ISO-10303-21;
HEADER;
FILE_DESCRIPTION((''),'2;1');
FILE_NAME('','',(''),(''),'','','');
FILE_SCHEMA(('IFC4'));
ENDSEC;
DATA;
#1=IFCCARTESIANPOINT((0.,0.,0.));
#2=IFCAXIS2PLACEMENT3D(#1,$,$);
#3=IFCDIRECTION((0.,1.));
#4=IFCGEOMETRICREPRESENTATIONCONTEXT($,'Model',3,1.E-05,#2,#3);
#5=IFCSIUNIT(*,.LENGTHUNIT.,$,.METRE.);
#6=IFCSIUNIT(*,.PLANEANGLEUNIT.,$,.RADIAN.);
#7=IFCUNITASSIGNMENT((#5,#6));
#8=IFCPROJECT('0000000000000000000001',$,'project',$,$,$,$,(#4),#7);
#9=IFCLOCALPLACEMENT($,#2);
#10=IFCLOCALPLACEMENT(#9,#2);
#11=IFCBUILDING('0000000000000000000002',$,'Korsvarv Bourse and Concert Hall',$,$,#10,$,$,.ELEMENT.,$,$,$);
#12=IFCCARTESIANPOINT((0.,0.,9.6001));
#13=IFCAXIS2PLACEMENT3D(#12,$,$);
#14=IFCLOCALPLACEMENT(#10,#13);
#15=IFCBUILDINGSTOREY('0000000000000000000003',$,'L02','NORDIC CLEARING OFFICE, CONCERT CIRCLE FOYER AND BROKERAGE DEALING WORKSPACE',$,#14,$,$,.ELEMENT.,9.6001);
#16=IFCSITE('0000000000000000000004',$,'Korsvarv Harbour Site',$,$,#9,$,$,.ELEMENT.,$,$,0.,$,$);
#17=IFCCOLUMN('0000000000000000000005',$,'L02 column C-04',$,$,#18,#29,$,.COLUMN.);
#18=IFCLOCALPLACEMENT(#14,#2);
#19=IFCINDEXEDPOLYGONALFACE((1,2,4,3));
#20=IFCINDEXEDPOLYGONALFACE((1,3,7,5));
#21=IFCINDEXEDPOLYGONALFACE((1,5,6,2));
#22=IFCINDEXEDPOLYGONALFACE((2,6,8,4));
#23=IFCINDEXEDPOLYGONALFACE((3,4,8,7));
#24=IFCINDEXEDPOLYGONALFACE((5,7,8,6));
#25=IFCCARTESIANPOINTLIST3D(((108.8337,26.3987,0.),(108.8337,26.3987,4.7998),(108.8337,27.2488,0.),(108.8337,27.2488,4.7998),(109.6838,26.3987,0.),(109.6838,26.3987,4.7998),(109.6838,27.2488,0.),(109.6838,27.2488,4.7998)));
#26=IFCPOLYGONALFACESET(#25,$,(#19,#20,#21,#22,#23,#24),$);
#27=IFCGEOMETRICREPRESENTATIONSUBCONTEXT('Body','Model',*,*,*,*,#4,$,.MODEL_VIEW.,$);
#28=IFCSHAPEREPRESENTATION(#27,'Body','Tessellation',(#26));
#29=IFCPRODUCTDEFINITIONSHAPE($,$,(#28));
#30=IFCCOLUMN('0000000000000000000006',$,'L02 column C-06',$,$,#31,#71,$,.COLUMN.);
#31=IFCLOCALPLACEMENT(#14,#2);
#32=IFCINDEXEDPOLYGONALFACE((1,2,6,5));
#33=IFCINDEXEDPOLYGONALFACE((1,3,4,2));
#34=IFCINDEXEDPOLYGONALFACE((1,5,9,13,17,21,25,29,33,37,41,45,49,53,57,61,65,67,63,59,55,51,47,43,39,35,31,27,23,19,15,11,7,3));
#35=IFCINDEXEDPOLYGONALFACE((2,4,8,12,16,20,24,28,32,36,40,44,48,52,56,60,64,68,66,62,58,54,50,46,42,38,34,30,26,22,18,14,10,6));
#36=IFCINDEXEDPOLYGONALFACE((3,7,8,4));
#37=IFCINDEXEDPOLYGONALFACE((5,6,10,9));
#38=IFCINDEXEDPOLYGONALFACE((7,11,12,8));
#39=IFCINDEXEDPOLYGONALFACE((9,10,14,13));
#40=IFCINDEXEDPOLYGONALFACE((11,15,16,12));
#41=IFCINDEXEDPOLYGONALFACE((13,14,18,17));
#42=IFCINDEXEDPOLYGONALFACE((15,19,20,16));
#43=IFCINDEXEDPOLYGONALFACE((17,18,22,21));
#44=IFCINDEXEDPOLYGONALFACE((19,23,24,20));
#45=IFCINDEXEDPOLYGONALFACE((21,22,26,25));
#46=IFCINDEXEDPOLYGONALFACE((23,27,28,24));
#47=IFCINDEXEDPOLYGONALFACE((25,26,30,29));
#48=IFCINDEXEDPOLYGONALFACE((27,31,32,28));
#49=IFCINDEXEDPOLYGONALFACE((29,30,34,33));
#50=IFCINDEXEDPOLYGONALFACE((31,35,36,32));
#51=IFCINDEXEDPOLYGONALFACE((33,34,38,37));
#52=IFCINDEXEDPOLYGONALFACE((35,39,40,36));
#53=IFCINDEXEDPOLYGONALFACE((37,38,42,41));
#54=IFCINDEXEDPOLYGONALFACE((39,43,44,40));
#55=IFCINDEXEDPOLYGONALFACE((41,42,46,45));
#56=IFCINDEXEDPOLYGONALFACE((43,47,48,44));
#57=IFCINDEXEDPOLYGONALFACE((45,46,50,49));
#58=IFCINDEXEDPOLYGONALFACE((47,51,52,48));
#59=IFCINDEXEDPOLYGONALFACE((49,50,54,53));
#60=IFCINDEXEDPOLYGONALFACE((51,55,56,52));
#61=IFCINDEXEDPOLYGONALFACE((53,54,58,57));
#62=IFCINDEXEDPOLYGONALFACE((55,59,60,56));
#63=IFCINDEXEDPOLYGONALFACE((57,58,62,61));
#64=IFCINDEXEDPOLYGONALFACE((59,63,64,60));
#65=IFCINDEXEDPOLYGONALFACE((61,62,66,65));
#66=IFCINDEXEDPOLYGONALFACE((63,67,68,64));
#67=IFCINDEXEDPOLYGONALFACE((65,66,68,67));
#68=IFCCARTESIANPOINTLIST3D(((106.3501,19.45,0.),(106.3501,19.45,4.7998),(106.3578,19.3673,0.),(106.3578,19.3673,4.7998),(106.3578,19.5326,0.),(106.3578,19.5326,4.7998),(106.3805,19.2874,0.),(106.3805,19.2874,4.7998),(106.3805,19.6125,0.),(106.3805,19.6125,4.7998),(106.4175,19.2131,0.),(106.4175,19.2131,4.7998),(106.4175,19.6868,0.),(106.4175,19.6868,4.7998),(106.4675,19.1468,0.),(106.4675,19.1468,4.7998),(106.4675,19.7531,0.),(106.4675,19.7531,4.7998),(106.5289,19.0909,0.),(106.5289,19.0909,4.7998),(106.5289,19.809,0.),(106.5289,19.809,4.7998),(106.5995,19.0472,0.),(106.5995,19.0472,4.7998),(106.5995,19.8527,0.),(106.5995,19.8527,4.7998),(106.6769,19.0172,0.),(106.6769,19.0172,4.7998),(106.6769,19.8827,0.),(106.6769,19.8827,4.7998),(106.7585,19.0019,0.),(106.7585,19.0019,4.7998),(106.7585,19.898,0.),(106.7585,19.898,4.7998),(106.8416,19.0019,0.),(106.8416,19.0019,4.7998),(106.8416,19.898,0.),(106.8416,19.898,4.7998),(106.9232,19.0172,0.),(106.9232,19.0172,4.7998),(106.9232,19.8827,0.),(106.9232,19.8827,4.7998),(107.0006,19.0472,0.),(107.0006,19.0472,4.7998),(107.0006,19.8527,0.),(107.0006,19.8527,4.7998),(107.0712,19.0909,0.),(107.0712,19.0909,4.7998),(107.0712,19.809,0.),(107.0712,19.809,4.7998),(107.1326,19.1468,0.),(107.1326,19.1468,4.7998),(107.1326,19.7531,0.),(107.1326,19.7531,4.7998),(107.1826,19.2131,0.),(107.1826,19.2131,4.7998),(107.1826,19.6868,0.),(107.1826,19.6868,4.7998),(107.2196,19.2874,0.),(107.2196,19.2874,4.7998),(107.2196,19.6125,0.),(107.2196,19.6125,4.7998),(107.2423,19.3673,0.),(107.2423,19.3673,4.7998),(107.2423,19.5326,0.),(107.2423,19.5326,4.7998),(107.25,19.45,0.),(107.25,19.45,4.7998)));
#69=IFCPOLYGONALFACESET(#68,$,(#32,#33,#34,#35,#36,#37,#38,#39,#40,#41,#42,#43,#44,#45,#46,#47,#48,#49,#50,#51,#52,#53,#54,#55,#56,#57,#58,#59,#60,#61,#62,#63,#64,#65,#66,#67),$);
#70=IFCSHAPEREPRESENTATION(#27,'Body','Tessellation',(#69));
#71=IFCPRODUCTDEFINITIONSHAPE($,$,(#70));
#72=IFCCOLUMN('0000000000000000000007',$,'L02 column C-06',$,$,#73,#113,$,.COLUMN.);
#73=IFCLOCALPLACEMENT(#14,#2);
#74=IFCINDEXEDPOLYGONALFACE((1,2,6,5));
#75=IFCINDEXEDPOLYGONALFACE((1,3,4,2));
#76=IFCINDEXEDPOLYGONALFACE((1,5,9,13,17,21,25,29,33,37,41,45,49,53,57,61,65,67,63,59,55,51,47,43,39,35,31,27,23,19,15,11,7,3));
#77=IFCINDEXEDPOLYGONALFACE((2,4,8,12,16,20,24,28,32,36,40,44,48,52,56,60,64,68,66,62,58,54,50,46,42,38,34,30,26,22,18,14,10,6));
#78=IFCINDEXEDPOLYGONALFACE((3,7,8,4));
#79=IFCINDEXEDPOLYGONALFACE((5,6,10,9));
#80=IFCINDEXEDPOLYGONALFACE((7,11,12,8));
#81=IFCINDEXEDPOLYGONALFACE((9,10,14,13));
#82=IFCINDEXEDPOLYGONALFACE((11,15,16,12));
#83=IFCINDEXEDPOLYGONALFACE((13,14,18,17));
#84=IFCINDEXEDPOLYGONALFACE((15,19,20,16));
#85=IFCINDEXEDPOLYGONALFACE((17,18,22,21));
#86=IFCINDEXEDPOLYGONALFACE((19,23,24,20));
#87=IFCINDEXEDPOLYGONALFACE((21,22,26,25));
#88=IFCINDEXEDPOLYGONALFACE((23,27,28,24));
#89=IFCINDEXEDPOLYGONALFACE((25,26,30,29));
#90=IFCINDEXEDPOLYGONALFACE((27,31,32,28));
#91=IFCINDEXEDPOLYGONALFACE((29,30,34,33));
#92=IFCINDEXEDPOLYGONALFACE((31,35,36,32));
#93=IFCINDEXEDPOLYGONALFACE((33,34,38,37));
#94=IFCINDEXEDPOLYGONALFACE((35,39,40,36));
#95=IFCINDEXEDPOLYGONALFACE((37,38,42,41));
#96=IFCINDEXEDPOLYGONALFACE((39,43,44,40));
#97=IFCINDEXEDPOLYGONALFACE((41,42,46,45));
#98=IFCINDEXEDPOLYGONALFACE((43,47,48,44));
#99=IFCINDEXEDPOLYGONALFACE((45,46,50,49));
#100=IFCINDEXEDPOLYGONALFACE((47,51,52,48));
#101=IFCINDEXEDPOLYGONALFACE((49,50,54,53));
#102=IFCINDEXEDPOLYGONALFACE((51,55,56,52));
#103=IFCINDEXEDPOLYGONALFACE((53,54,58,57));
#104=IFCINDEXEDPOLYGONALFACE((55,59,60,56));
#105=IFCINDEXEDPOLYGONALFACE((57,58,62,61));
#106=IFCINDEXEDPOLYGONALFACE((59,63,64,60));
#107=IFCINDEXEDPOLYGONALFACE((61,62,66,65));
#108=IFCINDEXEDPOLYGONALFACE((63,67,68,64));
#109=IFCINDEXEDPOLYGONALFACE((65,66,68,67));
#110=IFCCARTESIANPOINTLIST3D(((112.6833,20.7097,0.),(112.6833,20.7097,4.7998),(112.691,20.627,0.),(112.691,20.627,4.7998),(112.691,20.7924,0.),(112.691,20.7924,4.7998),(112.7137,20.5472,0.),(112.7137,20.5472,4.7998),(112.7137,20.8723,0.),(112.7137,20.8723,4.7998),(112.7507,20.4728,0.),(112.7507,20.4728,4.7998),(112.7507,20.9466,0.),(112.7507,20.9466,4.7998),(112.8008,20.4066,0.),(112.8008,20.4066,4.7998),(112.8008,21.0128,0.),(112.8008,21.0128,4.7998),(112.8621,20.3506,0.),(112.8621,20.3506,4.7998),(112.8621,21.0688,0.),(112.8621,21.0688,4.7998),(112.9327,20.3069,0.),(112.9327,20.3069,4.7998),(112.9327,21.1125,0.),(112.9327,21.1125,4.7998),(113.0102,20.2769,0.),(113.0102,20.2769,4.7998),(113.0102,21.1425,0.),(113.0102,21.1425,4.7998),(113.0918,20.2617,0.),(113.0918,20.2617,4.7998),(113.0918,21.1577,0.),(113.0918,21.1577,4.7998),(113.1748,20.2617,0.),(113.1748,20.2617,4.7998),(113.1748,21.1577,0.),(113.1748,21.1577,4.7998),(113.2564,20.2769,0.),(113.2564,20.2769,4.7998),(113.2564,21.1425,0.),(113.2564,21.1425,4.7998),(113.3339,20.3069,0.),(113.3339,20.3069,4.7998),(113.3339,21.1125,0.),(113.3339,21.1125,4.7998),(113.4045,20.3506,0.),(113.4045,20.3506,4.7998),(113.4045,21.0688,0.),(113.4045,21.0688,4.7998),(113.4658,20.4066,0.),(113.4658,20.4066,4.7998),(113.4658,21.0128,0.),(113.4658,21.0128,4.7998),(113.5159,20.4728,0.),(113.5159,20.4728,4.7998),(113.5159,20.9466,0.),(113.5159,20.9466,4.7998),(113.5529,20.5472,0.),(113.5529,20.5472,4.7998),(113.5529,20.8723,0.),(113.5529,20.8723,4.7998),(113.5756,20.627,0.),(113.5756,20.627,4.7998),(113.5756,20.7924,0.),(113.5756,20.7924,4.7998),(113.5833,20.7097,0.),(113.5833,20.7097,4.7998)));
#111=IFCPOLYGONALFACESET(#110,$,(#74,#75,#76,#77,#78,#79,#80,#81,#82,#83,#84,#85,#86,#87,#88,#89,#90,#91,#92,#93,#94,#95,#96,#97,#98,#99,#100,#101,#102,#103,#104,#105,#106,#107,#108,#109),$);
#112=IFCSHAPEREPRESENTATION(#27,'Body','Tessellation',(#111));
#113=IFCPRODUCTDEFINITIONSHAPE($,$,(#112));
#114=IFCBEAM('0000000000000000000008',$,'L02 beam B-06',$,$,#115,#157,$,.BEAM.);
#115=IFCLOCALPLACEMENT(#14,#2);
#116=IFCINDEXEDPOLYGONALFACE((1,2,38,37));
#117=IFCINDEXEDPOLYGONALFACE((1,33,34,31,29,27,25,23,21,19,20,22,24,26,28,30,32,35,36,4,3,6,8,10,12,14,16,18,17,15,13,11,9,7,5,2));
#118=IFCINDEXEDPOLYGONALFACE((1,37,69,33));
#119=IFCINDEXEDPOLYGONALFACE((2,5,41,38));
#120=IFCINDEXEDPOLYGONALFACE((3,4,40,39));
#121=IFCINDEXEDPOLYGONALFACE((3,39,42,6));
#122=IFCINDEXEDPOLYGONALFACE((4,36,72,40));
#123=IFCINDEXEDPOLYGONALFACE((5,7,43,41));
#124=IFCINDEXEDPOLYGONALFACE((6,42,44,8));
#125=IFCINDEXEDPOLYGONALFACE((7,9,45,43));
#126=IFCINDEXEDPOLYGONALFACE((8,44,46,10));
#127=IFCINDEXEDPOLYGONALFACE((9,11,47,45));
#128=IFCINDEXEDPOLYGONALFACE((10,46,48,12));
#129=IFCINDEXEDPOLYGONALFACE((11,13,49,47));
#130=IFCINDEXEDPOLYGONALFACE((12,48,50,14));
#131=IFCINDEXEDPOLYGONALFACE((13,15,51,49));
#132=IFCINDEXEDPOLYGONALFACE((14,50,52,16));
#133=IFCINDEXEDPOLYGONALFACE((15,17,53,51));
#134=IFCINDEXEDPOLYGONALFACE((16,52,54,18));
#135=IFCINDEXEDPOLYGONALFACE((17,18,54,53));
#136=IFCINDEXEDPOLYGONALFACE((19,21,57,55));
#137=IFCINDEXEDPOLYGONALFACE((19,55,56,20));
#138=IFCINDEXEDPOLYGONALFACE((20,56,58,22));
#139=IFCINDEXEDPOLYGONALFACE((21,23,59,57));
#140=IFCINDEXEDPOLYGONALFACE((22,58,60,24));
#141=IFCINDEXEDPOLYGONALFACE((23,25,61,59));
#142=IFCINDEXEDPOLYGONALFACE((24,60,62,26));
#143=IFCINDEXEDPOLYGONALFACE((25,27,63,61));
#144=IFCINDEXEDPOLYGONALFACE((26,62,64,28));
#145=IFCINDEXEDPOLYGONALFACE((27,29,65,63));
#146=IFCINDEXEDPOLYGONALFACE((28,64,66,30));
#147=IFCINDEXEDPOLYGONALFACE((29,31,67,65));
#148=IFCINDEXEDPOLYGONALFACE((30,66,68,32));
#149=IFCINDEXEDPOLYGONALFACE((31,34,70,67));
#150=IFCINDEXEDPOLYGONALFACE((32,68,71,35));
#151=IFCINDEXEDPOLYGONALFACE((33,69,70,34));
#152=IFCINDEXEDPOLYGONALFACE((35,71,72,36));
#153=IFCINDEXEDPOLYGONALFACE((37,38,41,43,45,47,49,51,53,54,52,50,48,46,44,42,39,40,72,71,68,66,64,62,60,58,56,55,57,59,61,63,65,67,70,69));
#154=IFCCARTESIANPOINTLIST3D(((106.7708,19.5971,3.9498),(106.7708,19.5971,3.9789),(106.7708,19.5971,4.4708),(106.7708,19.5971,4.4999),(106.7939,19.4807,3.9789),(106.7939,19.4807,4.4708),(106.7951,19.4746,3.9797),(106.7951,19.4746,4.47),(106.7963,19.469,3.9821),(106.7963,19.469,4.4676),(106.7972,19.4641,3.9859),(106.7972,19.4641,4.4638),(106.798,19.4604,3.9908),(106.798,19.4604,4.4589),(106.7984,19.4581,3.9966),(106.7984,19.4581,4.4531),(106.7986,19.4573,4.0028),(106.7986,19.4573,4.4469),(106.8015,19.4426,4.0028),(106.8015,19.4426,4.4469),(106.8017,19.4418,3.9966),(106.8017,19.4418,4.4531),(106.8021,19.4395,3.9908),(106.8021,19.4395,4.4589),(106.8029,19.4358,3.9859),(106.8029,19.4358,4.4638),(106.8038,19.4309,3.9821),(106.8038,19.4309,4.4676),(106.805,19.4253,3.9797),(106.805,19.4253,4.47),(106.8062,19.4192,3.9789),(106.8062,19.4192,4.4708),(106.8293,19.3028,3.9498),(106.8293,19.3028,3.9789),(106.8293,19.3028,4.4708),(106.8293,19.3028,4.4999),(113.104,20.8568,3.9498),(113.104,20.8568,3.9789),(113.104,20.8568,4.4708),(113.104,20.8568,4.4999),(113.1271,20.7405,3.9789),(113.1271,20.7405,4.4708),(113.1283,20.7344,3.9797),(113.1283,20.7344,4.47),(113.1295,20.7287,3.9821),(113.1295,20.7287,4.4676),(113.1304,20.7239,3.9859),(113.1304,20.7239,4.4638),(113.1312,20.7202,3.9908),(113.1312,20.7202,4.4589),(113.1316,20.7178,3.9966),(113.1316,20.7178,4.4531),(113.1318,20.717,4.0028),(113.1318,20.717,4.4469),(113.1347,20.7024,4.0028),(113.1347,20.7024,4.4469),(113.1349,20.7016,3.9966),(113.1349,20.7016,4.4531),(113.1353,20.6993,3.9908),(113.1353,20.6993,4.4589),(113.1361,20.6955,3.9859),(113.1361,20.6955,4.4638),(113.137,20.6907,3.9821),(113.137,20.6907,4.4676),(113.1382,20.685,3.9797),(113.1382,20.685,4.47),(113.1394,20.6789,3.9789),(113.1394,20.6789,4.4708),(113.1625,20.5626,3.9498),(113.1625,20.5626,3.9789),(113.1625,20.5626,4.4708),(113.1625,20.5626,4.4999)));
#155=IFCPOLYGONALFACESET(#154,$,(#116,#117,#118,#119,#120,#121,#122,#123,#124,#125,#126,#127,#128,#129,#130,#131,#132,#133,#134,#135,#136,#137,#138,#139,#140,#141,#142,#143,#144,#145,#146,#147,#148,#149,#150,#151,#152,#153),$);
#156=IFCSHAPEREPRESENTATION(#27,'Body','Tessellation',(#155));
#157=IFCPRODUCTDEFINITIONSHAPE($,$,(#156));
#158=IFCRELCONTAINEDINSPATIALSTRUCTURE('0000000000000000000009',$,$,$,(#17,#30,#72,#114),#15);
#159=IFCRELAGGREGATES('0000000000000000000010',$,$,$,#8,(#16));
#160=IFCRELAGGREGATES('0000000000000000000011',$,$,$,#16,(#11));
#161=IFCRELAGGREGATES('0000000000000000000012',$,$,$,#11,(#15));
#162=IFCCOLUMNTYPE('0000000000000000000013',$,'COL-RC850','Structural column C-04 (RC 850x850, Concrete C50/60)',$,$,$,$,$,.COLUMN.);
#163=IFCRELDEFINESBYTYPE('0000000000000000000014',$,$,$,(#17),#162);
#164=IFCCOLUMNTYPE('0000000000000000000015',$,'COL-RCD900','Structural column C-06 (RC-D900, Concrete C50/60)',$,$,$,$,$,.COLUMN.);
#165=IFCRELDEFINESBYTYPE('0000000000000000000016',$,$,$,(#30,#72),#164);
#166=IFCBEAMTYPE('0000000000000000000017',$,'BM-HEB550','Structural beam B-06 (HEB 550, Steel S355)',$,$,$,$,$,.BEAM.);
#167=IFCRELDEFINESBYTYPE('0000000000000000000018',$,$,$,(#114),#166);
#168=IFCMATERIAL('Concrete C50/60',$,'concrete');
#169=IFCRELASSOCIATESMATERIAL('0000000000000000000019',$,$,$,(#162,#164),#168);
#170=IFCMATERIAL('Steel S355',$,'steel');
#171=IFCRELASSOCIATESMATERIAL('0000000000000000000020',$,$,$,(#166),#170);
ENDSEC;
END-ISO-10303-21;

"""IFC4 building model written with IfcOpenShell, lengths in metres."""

from ifc_helpers import new_model, si_unit, direction, frame, origin, origin_2d, place, context, subcontext, project, spatial, rectangle, circle, i_section, extrude, source, transform, mapped, material, material_profile, profile_set, type_object, element, save


model = new_model("IFC4")

# Units and contexts
model_context = context("Model", 3, precision=1e-05, world=origin(), true_north=direction((0.0, 1.0)))
body_context = subcontext(model_context, "Body", "Model", "MODEL_VIEW")
ifc_project = project(units=[si_unit("LENGTHUNIT", "METRE"), si_unit("PLANEANGLEUNIT", "RADIAN")], contexts=[model_context])

# Site, building, storey
site_placement = place(None, origin())
site = spatial("IfcSite", under=ifc_project, at=site_placement, Name="Korsvarv Harbour Site", CompositionType="ELEMENT", RefElevation=0.0)
building_placement = place(site_placement, origin())
building = spatial("IfcBuilding", under=site, at=building_placement, Name="Korsvarv Bourse and Concert Hall", CompositionType="ELEMENT")
storey_placement = place(building_placement, frame((0.0, 0.0, 9.6001)))
storey = spatial("IfcBuildingStorey", under=building, at=storey_placement, Name="L02", Description="NORDIC CLEARING OFFICE, CONCERT CIRCLE FOYER AND BROKERAGE DEALING WORKSPACE", CompositionType="ELEMENT", Elevation=9.6001)

# Columns
ifc_material_1 = material(Name="Concrete C50/60", Category="concrete")
ifc_material_profile_1 = material_profile(ifc_material_1, rectangle(XDim=0.8501, YDim=0.8501, at=origin_2d()), Name="RC 850x850")
ifc_profile_set_1 = profile_set([ifc_material_profile_1], Name="Concrete C50/60")
column_type_1 = type_object("IfcColumnType", Name="COL-RC850", Description="Structural column C-04 (RC 850x850, Concrete C50/60)", PredefinedType="COLUMN", material=ifc_profile_set_1)
shared_shape_1 = source(origin(), body_context, "Body", "SweptSolid", [
    extrude(rectangle(XDim=0.8501, YDim=0.8501, at=origin_2d()), origin(), (0.0, 0.0, 1.0), 4.7998),
])
column_placement = place(storey_placement, frame((109.2588, 26.8237, 0.0), z_axis=(0.0, 0.0, 1.0), x_axis=(1.0, 0.0, 0.0)))
element("IfcColumn", 1, at=column_placement, inside=storey, type_object=column_type_1, Name="L02 column C-04", PredefinedType="COLUMN", context=body_context, shape_type="MappedRepresentation", body=[
    mapped(shared_shape_1, transform((0.0, 0.0, 0.0), scale=1.0)),
])
ifc_material_profile_2 = material_profile(ifc_material_1, circle(Radius=0.45, at=origin_2d()), Name="RC-D900")
ifc_profile_set_2 = profile_set([ifc_material_profile_2], Name="Concrete C50/60")
column_type_2 = type_object("IfcColumnType", Name="COL-RCD900", Description="Structural column C-06 (RC-D900, Concrete C50/60)", PredefinedType="COLUMN", material=ifc_profile_set_2)
shared_shape_2 = source(origin(), body_context, "Body", "SweptSolid", [
    extrude(circle(Radius=0.45, at=origin_2d()), origin(), (0.0, 0.0, 1.0), 4.7998),
])
for number, where, z_axis, x_axis, name in (
    (2, (106.8, 19.45, 0.0), (0.0, 0.0, 1.0), (1.0, 0.0, 0.0), "L02 column C-06"),
    (3, (113.1333, 20.7097, 0.0), (0.0, 0.0, 1.0), (1.0, 0.0, 0.0), "L02 column C-06"),
):
    element("IfcColumn", number, at=place(storey_placement, frame(where, z_axis=z_axis, x_axis=x_axis)), inside=storey, type_object=column_type_2, Name=name, PredefinedType="COLUMN", context=body_context, shape_type="MappedRepresentation", body=[
        mapped(shared_shape_2, transform((0.0, 0.0, 0.0), scale=1.0)),
    ])

# Beam
ifc_material_2 = material(Name="Steel S355", Category="steel")
ifc_material_profile_3 = material_profile(ifc_material_2, i_section(OverallWidth=0.3, OverallDepth=0.55, WebThickness=0.0149, FlangeThickness=0.0291, FilletRadius=0.0239, at=origin_2d()), Name="HEB 550")
ifc_profile_set_3 = profile_set([ifc_material_profile_3], Name="Steel S355")
beam_type_1 = type_object("IfcBeamType", Name="BM-HEB550", Description="Structural beam B-06 (HEB 550, Steel S355)", PredefinedType="BEAM", material=ifc_profile_set_3)
shared_shape_3 = source(origin(), body_context, "Body", "SweptSolid", [
    extrude(i_section(OverallWidth=0.3, OverallDepth=0.55, WebThickness=0.0149, FlangeThickness=0.0291, FilletRadius=0.0239, at=origin_2d()), origin(), (0.0, 0.0, 1.0), 6.4573),
])
beam_1_placement = place(storey_placement, frame((106.8, 19.45, 4.2249), z_axis=(0.980785, 0.195091, 0.0), x_axis=(-0.195091, 0.980785, 0.0)))
element("IfcBeam", 4, at=beam_1_placement, inside=storey, type_object=beam_type_1, Name="L02 beam B-06", PredefinedType="BEAM", context=body_context, shape_type="MappedRepresentation", body=[
    mapped(shared_shape_3, transform((0.0, 0.0, 0.0), scale=1.0)),
])

save(model, "model.ifc")
